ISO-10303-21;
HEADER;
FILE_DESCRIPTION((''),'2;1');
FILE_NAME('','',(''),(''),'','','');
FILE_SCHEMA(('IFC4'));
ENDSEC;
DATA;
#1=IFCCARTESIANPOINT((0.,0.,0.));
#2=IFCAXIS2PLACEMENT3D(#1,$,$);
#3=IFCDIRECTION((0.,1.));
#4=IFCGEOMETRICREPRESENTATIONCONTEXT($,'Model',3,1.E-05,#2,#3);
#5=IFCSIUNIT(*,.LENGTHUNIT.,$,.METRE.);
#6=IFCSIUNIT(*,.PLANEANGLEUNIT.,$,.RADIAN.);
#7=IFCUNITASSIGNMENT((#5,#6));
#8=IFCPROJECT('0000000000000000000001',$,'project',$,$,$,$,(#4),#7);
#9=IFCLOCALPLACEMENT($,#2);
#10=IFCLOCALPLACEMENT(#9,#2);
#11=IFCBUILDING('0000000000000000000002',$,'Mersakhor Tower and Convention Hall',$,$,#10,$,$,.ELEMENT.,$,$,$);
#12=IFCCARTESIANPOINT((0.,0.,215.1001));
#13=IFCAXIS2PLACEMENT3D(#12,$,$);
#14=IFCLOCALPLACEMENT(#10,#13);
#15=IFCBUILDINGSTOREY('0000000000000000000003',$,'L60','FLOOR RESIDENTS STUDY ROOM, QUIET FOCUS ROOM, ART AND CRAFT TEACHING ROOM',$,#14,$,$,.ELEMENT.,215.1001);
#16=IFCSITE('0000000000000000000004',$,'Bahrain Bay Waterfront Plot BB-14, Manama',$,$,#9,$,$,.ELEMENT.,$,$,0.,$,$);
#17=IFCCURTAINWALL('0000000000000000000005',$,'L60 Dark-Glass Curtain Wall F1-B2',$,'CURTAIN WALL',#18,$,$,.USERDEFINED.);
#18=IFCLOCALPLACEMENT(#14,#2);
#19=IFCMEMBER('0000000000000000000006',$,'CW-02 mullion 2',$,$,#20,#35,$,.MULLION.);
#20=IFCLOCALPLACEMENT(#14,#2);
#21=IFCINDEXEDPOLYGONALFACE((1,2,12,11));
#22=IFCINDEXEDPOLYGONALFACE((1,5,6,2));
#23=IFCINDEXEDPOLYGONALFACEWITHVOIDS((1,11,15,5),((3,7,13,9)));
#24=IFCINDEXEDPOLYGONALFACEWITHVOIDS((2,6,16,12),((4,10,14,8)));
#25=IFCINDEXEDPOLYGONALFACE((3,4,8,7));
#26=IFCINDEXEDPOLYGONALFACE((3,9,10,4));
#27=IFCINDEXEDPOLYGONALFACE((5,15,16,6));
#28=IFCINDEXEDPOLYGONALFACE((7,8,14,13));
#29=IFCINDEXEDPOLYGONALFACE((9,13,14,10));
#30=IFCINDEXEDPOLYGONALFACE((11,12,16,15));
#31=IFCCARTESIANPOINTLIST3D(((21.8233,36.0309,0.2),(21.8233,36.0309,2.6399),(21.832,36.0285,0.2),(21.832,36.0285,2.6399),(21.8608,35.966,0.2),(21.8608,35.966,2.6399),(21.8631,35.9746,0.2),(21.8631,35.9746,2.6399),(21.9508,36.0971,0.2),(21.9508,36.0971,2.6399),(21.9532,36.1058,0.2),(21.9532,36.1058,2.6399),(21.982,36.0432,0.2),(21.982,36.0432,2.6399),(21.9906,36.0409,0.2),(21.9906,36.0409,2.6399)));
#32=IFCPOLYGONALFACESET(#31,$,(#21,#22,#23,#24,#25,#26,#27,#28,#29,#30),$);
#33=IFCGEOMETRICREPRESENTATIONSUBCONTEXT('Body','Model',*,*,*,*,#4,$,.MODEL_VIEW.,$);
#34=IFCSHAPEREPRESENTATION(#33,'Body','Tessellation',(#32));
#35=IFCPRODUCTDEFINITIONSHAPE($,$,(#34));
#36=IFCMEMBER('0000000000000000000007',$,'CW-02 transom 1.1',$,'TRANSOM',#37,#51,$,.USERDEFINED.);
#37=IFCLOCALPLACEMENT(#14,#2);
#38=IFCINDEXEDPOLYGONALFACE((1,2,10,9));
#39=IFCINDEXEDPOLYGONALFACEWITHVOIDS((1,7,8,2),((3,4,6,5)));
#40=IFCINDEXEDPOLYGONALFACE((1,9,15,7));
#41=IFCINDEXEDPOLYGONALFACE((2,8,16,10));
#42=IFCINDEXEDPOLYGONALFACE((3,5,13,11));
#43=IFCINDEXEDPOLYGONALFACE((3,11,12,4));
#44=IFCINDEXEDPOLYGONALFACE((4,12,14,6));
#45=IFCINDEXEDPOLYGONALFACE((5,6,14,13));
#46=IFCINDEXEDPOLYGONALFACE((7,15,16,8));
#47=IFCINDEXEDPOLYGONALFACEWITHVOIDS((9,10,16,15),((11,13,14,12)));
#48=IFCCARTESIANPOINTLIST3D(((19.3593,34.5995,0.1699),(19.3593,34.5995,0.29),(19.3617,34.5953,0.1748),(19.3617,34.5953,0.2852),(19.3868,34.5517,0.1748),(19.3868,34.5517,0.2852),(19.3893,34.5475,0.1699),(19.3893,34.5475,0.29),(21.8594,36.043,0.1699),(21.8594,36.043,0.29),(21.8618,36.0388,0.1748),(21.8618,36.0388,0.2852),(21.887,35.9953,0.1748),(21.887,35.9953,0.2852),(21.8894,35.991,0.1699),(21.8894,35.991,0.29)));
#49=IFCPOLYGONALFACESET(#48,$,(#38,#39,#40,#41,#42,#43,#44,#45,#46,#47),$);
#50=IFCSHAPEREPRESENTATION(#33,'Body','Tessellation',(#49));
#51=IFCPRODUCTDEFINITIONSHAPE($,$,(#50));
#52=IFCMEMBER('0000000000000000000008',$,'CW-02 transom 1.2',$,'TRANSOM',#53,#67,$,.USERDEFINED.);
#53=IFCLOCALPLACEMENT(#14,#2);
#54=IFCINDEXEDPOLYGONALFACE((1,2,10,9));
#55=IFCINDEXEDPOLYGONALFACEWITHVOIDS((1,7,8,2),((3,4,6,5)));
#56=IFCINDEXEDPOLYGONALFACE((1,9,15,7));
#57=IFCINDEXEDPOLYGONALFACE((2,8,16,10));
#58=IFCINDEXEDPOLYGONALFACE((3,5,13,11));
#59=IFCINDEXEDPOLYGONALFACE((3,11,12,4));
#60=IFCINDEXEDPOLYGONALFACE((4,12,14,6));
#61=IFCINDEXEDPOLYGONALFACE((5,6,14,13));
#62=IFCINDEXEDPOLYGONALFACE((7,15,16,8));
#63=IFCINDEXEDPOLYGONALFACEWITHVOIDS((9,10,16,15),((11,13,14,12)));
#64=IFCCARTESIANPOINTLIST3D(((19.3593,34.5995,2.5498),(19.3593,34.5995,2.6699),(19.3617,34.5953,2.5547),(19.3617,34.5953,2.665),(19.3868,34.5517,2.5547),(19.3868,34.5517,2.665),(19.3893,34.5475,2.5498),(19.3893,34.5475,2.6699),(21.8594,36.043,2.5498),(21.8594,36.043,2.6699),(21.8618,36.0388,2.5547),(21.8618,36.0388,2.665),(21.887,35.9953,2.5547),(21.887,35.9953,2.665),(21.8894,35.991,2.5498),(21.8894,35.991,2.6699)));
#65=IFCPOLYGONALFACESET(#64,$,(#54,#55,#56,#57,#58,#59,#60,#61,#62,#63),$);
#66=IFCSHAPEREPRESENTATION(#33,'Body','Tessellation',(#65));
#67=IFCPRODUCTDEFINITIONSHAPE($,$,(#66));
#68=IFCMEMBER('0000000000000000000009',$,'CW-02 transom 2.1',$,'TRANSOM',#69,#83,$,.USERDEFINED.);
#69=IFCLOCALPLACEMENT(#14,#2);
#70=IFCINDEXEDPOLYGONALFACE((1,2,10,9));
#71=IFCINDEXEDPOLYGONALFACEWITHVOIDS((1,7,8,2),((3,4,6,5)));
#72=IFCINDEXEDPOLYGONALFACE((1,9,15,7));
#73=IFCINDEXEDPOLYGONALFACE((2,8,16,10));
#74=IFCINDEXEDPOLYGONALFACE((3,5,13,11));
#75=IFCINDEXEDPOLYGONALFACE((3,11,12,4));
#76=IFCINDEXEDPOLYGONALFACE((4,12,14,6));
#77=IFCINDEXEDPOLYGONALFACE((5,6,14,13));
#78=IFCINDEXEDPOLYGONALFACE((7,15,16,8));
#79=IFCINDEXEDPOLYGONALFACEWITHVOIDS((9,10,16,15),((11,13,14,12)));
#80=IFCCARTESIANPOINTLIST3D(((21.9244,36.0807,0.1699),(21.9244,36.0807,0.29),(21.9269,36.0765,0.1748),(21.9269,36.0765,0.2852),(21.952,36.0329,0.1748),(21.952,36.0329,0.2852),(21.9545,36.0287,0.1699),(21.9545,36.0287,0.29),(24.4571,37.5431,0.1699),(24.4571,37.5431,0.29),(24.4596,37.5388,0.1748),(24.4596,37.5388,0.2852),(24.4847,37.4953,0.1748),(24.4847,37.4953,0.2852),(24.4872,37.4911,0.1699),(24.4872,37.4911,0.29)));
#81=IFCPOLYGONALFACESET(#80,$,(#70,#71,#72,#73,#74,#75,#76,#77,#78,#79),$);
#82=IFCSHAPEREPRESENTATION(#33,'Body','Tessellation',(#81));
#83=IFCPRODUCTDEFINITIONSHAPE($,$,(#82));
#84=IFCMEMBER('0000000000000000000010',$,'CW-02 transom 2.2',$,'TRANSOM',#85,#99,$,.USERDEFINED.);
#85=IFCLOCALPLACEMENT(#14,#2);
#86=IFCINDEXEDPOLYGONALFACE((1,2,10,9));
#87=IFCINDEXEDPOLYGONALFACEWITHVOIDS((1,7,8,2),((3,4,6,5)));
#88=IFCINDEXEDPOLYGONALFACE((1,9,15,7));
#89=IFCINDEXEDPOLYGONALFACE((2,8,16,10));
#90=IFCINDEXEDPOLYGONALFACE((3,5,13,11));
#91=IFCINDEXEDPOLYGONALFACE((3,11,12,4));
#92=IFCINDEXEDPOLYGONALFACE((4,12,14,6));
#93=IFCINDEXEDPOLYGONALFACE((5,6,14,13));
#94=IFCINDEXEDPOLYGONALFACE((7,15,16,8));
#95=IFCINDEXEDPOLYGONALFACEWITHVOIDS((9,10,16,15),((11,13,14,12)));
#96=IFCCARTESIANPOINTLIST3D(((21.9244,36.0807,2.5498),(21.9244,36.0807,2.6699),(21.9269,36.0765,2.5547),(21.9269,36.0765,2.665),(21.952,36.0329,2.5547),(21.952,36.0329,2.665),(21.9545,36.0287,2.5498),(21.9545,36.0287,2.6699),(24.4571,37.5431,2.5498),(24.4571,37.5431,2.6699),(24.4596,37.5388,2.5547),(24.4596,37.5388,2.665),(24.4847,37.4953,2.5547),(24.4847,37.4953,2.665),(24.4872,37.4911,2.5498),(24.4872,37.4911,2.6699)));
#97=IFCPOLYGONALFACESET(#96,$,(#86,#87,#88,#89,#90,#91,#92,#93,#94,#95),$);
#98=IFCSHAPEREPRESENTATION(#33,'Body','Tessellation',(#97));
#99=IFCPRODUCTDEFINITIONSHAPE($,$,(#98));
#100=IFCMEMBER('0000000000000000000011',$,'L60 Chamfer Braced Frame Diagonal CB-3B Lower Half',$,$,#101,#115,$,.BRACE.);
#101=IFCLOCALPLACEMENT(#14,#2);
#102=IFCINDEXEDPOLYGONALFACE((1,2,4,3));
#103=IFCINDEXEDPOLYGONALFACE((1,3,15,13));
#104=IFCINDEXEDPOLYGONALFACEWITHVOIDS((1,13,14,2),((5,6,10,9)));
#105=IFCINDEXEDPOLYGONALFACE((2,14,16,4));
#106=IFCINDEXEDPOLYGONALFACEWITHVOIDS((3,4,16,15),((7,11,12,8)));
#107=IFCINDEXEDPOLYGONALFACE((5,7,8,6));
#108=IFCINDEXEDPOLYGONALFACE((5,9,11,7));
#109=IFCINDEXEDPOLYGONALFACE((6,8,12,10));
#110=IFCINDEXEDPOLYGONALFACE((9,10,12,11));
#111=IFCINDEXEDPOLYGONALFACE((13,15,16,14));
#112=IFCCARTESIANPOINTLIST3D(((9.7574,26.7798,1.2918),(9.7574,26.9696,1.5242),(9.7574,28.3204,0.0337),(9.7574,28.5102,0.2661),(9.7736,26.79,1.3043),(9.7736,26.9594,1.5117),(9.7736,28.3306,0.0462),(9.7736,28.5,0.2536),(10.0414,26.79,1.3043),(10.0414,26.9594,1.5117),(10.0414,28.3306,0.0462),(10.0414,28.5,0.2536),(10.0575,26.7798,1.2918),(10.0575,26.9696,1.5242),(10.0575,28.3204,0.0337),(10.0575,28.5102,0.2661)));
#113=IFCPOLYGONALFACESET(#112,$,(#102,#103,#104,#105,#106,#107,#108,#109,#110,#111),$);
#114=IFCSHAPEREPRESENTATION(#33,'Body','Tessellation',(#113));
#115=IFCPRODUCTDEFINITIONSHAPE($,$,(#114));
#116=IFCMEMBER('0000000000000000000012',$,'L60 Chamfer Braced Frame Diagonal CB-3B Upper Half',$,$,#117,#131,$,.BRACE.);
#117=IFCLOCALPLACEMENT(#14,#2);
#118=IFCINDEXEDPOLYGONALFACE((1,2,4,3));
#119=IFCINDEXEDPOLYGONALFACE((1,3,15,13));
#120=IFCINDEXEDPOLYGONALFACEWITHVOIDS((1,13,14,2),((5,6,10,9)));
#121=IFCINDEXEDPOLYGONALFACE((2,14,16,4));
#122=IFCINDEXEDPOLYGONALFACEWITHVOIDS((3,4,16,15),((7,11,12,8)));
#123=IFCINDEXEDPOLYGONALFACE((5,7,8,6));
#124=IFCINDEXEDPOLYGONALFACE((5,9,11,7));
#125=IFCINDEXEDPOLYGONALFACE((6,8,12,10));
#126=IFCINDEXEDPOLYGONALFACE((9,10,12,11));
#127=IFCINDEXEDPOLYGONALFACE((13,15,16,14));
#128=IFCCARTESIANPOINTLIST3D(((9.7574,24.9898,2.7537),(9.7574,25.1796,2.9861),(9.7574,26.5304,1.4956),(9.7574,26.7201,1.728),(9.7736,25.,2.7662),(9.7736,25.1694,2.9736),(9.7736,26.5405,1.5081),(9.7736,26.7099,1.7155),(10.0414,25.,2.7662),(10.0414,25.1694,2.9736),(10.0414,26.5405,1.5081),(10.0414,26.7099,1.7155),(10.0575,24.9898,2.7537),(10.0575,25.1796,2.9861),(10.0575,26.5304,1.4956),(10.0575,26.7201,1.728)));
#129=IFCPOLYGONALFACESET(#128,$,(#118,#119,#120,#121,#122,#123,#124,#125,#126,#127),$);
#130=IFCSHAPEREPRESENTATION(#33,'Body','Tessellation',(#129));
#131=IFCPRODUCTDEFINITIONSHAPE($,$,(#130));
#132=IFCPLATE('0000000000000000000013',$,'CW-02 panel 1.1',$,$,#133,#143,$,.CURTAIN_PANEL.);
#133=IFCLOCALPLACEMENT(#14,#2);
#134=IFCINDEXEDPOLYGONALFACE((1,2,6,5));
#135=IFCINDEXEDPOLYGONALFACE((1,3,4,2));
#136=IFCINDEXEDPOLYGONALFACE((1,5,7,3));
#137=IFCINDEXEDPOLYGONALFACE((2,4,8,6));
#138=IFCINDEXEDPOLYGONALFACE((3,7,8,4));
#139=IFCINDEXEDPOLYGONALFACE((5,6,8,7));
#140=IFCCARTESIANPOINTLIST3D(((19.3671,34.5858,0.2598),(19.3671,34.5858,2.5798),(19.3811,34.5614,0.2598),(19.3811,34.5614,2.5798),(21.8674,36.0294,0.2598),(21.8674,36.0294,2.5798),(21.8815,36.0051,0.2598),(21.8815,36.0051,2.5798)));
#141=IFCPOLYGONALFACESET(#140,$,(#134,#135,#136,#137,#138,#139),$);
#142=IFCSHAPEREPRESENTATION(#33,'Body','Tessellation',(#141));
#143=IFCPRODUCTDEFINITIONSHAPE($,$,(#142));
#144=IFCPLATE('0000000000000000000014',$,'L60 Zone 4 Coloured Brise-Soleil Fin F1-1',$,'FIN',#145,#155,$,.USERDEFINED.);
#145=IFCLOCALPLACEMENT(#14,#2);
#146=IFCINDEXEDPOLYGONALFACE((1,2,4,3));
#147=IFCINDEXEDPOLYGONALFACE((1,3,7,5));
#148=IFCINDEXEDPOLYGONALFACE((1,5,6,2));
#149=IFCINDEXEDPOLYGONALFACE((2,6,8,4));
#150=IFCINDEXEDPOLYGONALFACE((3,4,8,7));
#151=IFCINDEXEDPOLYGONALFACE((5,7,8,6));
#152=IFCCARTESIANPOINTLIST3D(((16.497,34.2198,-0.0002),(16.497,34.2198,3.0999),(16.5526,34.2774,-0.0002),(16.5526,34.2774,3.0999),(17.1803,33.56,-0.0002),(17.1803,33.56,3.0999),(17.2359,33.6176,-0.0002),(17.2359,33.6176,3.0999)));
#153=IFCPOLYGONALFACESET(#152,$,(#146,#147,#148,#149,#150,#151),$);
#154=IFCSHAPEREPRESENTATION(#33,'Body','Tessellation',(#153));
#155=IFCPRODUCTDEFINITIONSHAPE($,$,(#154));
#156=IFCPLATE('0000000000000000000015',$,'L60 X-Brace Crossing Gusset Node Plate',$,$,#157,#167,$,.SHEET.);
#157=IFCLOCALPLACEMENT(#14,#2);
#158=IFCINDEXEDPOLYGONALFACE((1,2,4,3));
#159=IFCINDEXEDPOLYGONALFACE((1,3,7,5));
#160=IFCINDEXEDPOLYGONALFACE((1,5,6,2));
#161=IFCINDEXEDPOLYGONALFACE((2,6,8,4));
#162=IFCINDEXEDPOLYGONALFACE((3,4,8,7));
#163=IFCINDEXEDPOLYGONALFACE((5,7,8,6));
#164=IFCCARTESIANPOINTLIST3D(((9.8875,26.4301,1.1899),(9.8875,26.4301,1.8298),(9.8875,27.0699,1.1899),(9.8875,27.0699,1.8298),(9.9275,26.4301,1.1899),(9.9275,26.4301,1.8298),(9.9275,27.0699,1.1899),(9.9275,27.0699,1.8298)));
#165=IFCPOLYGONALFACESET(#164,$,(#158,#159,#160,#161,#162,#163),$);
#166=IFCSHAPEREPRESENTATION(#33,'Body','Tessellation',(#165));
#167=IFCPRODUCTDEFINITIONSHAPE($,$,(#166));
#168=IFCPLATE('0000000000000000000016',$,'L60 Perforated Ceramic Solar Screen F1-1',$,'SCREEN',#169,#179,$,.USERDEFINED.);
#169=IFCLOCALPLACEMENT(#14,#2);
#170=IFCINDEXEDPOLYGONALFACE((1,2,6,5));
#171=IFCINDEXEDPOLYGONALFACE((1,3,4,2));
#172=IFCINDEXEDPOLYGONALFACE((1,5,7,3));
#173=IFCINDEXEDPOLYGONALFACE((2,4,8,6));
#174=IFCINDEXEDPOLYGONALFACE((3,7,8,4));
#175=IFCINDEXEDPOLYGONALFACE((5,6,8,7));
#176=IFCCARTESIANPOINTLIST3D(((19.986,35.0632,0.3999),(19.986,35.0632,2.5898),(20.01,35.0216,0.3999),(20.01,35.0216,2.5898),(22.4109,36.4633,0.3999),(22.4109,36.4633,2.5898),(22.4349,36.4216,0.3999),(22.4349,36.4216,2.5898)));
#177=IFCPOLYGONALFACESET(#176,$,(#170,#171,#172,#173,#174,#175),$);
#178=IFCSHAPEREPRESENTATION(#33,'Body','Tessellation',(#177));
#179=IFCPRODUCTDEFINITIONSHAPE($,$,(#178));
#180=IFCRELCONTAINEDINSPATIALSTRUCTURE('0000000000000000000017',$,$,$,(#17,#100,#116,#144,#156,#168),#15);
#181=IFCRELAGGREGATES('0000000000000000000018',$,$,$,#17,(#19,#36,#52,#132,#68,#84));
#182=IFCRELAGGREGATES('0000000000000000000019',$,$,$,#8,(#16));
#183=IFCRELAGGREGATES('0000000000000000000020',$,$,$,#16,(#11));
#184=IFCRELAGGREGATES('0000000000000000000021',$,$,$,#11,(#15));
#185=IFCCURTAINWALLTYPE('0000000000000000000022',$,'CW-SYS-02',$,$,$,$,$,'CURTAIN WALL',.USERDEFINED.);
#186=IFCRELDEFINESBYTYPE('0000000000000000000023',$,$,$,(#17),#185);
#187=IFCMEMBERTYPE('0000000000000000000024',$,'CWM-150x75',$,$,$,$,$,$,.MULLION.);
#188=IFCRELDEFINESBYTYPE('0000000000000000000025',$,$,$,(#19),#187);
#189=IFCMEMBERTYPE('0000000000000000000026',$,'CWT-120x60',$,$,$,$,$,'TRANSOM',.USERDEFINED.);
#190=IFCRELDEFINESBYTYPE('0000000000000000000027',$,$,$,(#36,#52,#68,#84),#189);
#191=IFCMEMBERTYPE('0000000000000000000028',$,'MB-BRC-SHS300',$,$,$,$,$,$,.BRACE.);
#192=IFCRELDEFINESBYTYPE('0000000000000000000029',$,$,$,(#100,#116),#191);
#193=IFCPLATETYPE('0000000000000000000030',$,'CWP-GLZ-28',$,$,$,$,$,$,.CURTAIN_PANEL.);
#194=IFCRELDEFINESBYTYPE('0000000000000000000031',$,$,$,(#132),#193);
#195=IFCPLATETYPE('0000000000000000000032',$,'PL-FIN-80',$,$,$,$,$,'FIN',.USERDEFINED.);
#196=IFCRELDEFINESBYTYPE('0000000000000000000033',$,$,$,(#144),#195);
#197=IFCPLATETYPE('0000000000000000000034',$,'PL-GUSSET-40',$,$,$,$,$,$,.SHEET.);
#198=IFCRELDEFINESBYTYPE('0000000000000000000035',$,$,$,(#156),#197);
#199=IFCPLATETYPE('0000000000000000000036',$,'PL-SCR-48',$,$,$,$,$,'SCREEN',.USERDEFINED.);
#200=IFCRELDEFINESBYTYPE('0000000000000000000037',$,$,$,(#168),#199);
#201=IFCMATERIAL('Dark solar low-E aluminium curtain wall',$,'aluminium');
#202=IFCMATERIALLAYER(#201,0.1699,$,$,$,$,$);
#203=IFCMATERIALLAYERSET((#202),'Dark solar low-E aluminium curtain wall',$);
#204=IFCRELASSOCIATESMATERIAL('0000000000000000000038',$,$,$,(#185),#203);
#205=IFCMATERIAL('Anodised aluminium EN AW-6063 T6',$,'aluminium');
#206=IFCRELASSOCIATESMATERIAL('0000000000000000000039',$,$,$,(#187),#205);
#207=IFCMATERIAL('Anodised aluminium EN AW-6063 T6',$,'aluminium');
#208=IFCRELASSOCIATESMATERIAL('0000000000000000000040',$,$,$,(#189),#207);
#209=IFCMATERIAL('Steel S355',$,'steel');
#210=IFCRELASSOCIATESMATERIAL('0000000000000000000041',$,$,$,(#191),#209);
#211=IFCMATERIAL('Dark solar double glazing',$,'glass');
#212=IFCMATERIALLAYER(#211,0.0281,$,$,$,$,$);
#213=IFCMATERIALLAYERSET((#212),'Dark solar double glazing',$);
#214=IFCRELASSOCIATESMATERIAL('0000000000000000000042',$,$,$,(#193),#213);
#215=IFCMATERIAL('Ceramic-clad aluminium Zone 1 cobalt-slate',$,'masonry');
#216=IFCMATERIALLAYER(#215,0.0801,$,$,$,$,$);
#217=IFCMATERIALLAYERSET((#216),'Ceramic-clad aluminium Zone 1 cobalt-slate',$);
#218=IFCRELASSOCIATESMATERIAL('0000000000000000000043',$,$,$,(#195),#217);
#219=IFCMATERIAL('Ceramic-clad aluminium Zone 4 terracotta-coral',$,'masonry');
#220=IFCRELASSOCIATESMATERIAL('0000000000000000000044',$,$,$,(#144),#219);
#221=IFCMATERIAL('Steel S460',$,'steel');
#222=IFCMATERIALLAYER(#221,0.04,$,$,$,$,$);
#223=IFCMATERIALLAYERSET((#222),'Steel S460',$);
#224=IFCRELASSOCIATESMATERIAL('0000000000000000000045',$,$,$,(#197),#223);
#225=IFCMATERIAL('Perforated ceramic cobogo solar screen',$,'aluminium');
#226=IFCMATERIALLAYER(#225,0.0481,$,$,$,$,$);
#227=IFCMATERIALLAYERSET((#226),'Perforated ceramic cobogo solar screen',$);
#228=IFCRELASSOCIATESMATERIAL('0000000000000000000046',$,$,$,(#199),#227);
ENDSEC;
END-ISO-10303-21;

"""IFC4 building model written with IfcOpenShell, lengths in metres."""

from ifc_helpers import new_model, si_unit, direction, frame, origin, origin_2d, place, context, subcontext, project, spatial, rectangle, hollow_rectangle, extrude, material, layer, layer_set, material_profile, profile_set, type_object, element, aggregate, save


model = new_model("IFC4")

# Units and contexts
model_context = context("Model", 3, precision=1e-05, world=origin(), true_north=direction((0.0, 1.0)))
body_context = subcontext(model_context, "Body", "Model", "MODEL_VIEW")
ifc_project = project(units=[si_unit("LENGTHUNIT", "METRE"), si_unit("PLANEANGLEUNIT", "RADIAN")], contexts=[model_context])

# Site, building, storey
site_placement = place(None, origin())
site = spatial("IfcSite", under=ifc_project, at=site_placement, Name="Bahrain Bay Waterfront Plot BB-14, Manama", CompositionType="ELEMENT", RefElevation=0.0)
building_placement = place(site_placement, origin())
building = spatial("IfcBuilding", under=site, at=building_placement, Name="Mersakhor Tower and Convention Hall", CompositionType="ELEMENT")
storey_placement = place(building_placement, frame((0.0, 0.0, 215.1001)))
storey = spatial("IfcBuildingStorey", under=building, at=storey_placement, Name="L60", Description="FLOOR RESIDENTS STUDY ROOM, QUIET FOCUS ROOM, ART AND CRAFT TEACHING ROOM", CompositionType="ELEMENT", Elevation=215.1001)

# Curtain wall, members
ifc_material_1 = material(Name="Dark solar low-E aluminium curtain wall", Category="aluminium")
ifc_layer_1 = layer(ifc_material_1, 0.1699)
ifc_layer_set_1 = layer_set([ifc_layer_1], Name="Dark solar low-E aluminium curtain wall")
curtain_wall_type = type_object("IfcCurtainWallType", Name="CW-SYS-02", ElementType="CURTAIN WALL", PredefinedType="USERDEFINED", material=ifc_layer_set_1)
curtain_wall_placement = place(storey_placement, origin())
curtain_wall = element("IfcCurtainWall", 1, at=curtain_wall_placement, inside=storey, type_object=curtain_wall_type, Name="L60 Dark-Glass Curtain Wall F1-B2", ObjectType="CURTAIN WALL", PredefinedType="USERDEFINED")
ifc_material_2 = material(Name="Anodised aluminium EN AW-6063 T6", Category="aluminium")
ifc_material_profile_1 = material_profile(ifc_material_2, hollow_rectangle(XDim=0.075, YDim=0.1499, WallThickness=0.0063, at=origin_2d()), Name="RHS 150x75x6.3")
ifc_profile_set_1 = profile_set([ifc_material_profile_1], Name="Anodised aluminium EN AW-6063 T6")
member_type_1 = type_object("IfcMemberType", Name="CWM-150x75", PredefinedType="MULLION", material=ifc_profile_set_1)
member_1_placement = place(storey_placement, frame((21.907, 36.0359, 0.2), z_axis=(0.0, 0.0, 1.0), x_axis=(-0.500008, 0.866021, 0.0)))
member_1 = element("IfcMember", 2, at=member_1_placement, type_object=member_type_1, Name="CW-02 mullion 2", PredefinedType="MULLION", context=body_context, shape_type="SweptSolid", body=[
    extrude(hollow_rectangle(XDim=0.075, YDim=0.1499, WallThickness=0.0063, at=origin_2d()), origin(), (0.0, 0.0, 1.0), 2.4399),
])
ifc_material_3 = material(Name="Anodised aluminium EN AW-6063 T6", Category="aluminium")
ifc_material_profile_2 = material_profile(ifc_material_3, hollow_rectangle(XDim=0.0601, YDim=0.1201, WallThickness=0.0049, at=origin_2d()), Name="RHS 120x60x5")
ifc_profile_set_2 = profile_set([ifc_material_profile_2], Name="Anodised aluminium EN AW-6063 T6")
member_type_2 = type_object("IfcMemberType", Name="CWT-120x60", ElementType="TRANSOM", PredefinedType="USERDEFINED", material=ifc_profile_set_2)
member_2_placement = place(storey_placement, frame((19.3743, 34.5735, 0.23), z_axis=(0.866012, 0.500023, 0.0), x_axis=(-0.500023, 0.866012, 0.0)))
member_2 = element("IfcMember", 3, at=member_2_placement, type_object=member_type_2, Name="CW-02 transom 1.1", ObjectType="TRANSOM", PredefinedType="USERDEFINED", context=body_context, shape_type="SweptSolid", body=[
    extrude(hollow_rectangle(XDim=0.0601, YDim=0.1201, WallThickness=0.0049, at=origin_2d()), origin(), (0.0, 0.0, 1.0), 2.887),
])
member_3_placement = place(storey_placement, frame((19.3743, 34.5735, 2.6099), z_axis=(0.866012, 0.500023, 0.0), x_axis=(-0.500023, 0.866012, 0.0)))
member_3 = element("IfcMember", 4, at=member_3_placement, type_object=member_type_2, Name="CW-02 transom 1.2", ObjectType="TRANSOM", PredefinedType="USERDEFINED", context=body_context, shape_type="SweptSolid", body=[
    extrude(hollow_rectangle(XDim=0.0601, YDim=0.1201, WallThickness=0.0049, at=origin_2d()), origin(), (0.0, 0.0, 1.0), 2.887),
])
member_4_placement = place(storey_placement, frame((21.9395, 36.0547, 0.23), z_axis=(0.866005, 0.500036, 0.0), x_axis=(-0.500036, 0.866005, 0.0)))
member_4 = element("IfcMember", 5, at=member_4_placement, type_object=member_type_2, Name="CW-02 transom 2.1", ObjectType="TRANSOM", PredefinedType="USERDEFINED", context=body_context, shape_type="SweptSolid", body=[
    extrude(hollow_rectangle(XDim=0.0601, YDim=0.1201, WallThickness=0.0049, at=origin_2d()), origin(), (0.0, 0.0, 1.0), 2.9246),
])
member_5_placement = place(storey_placement, frame((21.9395, 36.0547, 2.6099), z_axis=(0.866005, 0.500036, 0.0), x_axis=(-0.500036, 0.866005, 0.0)))
member_5 = element("IfcMember", 6, at=member_5_placement, type_object=member_type_2, Name="CW-02 transom 2.2", ObjectType="TRANSOM", PredefinedType="USERDEFINED", context=body_context, shape_type="SweptSolid", body=[
    extrude(hollow_rectangle(XDim=0.0601, YDim=0.1201, WallThickness=0.0049, at=origin_2d()), origin(), (0.0, 0.0, 1.0), 2.9246),
])

# Members
ifc_material_4 = material(Name="Steel S355", Category="steel")
ifc_material_profile_3 = material_profile(ifc_material_4, hollow_rectangle(XDim=0.3, YDim=0.3, WallThickness=0.0161, at=origin_2d()), Name="SHS 300x300x16")
ifc_profile_set_3 = profile_set([ifc_material_profile_3], Name="Steel S355")
member_type_3 = type_object("IfcMemberType", Name="MB-BRC-SHS300", PredefinedType="BRACE", material=ifc_profile_set_3)
for number, where, z_axis, x_axis, name in (
    (7, (9.9075, 28.4153, 0.1499), (0.0, -0.774542, 0.632522), (1.0, 0.0, 0.0), "L60 Chamfer Braced Frame Diagonal CB-3B Lower Half"),
    (8, (9.9075, 26.6252, 1.6118), (0.0, -0.774542, 0.632522), (1.0, 0.0, 0.0), "L60 Chamfer Braced Frame Diagonal CB-3B Upper Half"),
):
    element("IfcMember", number, at=place(storey_placement, frame(where, z_axis=z_axis, x_axis=x_axis)), inside=storey, type_object=member_type_3, Name=name, PredefinedType="BRACE", context=body_context, shape_type="SweptSolid", body=[
        extrude(hollow_rectangle(XDim=0.3, YDim=0.3, WallThickness=0.0161, at=origin_2d()), origin(), (0.0, 0.0, 1.0), 1.989),
    ])

# Plate
ifc_material_5 = material(Name="Dark solar double glazing", Category="glass")
ifc_layer_2 = layer(ifc_material_5, 0.0281)
ifc_layer_set_2 = layer_set([ifc_layer_2], Name="Dark solar double glazing")
plate_type_1 = type_object("IfcPlateType", Name="CWP-GLZ-28", PredefinedType="CURTAIN_PANEL", material=ifc_layer_set_2)
plate_1_placement = place(storey_placement, frame((20.6243, 35.2954, 0.2598), z_axis=(0.0, 0.0, 1.0), x_axis=(0.866021, 0.500008, 0.0)))
plate_1 = element("IfcPlate", 9, at=plate_1_placement, type_object=plate_type_1, Name="CW-02 panel 1.1", PredefinedType="CURTAIN_PANEL", context=body_context, shape_type="SweptSolid", body=[
    extrude(rectangle(XDim=2.8872, YDim=0.0281, at=origin_2d()), origin(), (0.0, 0.0, 1.0), 2.3201),
])
aggregate(curtain_wall, [member_1, member_2, member_3, plate_1, member_4, member_5])

# Plates
ifc_material_6 = material(Name="Ceramic-clad aluminium Zone 4 terracotta-coral", Category="masonry")
ifc_material_7 = material(Name="Ceramic-clad aluminium Zone 1 cobalt-slate", Category="masonry")
ifc_layer_3 = layer(ifc_material_7, 0.0801)
ifc_layer_set_3 = layer_set([ifc_layer_3], Name="Ceramic-clad aluminium Zone 1 cobalt-slate")
plate_type_2 = type_object("IfcPlateType", Name="PL-FIN-80", ElementType="FIN", PredefinedType="USERDEFINED", material=ifc_layer_set_3)
plate_2_placement = place(storey_placement, frame((16.8665, 33.9187, -0.0002), z_axis=(0.0, 0.0, 1.0), x_axis=(-0.71934, 0.694658, 0.0)))
element("IfcPlate", 10, at=plate_2_placement, inside=storey, type_object=plate_type_2, material=ifc_material_6, Name="L60 Zone 4 Coloured Brise-Soleil Fin F1-1", ObjectType="FIN", PredefinedType="USERDEFINED", context=body_context, shape_type="SweptSolid", body=[
    extrude(rectangle(XDim=0.95, YDim=0.0801, at=origin_2d()), origin(), (0.0, 0.0, 1.0), 3.1001),
])
ifc_material_8 = material(Name="Steel S460", Category="steel")
ifc_layer_4 = layer(ifc_material_8, 0.04)
ifc_layer_set_4 = layer_set([ifc_layer_4], Name="Steel S460")
plate_type_3 = type_object("IfcPlateType", Name="PL-GUSSET-40", PredefinedType="SHEET", material=ifc_layer_set_4)
plate_3_placement = place(storey_placement, frame((9.9075, 26.75, 1.1899), z_axis=(0.0, 0.0, 1.0), x_axis=(0.0, -1.0, 0.0)))
element("IfcPlate", 11, at=plate_3_placement, inside=storey, type_object=plate_type_3, Name="L60 X-Brace Crossing Gusset Node Plate", PredefinedType="SHEET", context=body_context, shape_type="SweptSolid", body=[
    extrude(rectangle(XDim=0.6399, YDim=0.04, at=origin_2d()), origin(), (0.0, 0.0, 1.0), 0.6399),
])
ifc_material_9 = material(Name="Perforated ceramic cobogo solar screen", Category="aluminium")
ifc_layer_5 = layer(ifc_material_9, 0.0481)
ifc_layer_set_5 = layer_set([ifc_layer_5], Name="Perforated ceramic cobogo solar screen")
plate_type_4 = type_object("IfcPlateType", Name="PL-SCR-48", ElementType="SCREEN", PredefinedType="USERDEFINED", material=ifc_layer_set_5)
plate_4_placement = place(storey_placement, frame((21.2104, 35.7424, 0.3999), z_axis=(0.0, 0.0, 1.0), x_axis=(0.866025, 0.5, 0.0)))
element("IfcPlate", 12, at=plate_4_placement, inside=storey, type_object=plate_type_4, Name="L60 Perforated Ceramic Solar Screen F1-1", ObjectType="SCREEN", PredefinedType="USERDEFINED", context=body_context, shape_type="SweptSolid", body=[
    extrude(rectangle(XDim=2.8, YDim=0.0481, at=origin_2d()), origin(), (0.0, 0.0, 1.0), 2.1899),
])

save(model, "model.ifc")
